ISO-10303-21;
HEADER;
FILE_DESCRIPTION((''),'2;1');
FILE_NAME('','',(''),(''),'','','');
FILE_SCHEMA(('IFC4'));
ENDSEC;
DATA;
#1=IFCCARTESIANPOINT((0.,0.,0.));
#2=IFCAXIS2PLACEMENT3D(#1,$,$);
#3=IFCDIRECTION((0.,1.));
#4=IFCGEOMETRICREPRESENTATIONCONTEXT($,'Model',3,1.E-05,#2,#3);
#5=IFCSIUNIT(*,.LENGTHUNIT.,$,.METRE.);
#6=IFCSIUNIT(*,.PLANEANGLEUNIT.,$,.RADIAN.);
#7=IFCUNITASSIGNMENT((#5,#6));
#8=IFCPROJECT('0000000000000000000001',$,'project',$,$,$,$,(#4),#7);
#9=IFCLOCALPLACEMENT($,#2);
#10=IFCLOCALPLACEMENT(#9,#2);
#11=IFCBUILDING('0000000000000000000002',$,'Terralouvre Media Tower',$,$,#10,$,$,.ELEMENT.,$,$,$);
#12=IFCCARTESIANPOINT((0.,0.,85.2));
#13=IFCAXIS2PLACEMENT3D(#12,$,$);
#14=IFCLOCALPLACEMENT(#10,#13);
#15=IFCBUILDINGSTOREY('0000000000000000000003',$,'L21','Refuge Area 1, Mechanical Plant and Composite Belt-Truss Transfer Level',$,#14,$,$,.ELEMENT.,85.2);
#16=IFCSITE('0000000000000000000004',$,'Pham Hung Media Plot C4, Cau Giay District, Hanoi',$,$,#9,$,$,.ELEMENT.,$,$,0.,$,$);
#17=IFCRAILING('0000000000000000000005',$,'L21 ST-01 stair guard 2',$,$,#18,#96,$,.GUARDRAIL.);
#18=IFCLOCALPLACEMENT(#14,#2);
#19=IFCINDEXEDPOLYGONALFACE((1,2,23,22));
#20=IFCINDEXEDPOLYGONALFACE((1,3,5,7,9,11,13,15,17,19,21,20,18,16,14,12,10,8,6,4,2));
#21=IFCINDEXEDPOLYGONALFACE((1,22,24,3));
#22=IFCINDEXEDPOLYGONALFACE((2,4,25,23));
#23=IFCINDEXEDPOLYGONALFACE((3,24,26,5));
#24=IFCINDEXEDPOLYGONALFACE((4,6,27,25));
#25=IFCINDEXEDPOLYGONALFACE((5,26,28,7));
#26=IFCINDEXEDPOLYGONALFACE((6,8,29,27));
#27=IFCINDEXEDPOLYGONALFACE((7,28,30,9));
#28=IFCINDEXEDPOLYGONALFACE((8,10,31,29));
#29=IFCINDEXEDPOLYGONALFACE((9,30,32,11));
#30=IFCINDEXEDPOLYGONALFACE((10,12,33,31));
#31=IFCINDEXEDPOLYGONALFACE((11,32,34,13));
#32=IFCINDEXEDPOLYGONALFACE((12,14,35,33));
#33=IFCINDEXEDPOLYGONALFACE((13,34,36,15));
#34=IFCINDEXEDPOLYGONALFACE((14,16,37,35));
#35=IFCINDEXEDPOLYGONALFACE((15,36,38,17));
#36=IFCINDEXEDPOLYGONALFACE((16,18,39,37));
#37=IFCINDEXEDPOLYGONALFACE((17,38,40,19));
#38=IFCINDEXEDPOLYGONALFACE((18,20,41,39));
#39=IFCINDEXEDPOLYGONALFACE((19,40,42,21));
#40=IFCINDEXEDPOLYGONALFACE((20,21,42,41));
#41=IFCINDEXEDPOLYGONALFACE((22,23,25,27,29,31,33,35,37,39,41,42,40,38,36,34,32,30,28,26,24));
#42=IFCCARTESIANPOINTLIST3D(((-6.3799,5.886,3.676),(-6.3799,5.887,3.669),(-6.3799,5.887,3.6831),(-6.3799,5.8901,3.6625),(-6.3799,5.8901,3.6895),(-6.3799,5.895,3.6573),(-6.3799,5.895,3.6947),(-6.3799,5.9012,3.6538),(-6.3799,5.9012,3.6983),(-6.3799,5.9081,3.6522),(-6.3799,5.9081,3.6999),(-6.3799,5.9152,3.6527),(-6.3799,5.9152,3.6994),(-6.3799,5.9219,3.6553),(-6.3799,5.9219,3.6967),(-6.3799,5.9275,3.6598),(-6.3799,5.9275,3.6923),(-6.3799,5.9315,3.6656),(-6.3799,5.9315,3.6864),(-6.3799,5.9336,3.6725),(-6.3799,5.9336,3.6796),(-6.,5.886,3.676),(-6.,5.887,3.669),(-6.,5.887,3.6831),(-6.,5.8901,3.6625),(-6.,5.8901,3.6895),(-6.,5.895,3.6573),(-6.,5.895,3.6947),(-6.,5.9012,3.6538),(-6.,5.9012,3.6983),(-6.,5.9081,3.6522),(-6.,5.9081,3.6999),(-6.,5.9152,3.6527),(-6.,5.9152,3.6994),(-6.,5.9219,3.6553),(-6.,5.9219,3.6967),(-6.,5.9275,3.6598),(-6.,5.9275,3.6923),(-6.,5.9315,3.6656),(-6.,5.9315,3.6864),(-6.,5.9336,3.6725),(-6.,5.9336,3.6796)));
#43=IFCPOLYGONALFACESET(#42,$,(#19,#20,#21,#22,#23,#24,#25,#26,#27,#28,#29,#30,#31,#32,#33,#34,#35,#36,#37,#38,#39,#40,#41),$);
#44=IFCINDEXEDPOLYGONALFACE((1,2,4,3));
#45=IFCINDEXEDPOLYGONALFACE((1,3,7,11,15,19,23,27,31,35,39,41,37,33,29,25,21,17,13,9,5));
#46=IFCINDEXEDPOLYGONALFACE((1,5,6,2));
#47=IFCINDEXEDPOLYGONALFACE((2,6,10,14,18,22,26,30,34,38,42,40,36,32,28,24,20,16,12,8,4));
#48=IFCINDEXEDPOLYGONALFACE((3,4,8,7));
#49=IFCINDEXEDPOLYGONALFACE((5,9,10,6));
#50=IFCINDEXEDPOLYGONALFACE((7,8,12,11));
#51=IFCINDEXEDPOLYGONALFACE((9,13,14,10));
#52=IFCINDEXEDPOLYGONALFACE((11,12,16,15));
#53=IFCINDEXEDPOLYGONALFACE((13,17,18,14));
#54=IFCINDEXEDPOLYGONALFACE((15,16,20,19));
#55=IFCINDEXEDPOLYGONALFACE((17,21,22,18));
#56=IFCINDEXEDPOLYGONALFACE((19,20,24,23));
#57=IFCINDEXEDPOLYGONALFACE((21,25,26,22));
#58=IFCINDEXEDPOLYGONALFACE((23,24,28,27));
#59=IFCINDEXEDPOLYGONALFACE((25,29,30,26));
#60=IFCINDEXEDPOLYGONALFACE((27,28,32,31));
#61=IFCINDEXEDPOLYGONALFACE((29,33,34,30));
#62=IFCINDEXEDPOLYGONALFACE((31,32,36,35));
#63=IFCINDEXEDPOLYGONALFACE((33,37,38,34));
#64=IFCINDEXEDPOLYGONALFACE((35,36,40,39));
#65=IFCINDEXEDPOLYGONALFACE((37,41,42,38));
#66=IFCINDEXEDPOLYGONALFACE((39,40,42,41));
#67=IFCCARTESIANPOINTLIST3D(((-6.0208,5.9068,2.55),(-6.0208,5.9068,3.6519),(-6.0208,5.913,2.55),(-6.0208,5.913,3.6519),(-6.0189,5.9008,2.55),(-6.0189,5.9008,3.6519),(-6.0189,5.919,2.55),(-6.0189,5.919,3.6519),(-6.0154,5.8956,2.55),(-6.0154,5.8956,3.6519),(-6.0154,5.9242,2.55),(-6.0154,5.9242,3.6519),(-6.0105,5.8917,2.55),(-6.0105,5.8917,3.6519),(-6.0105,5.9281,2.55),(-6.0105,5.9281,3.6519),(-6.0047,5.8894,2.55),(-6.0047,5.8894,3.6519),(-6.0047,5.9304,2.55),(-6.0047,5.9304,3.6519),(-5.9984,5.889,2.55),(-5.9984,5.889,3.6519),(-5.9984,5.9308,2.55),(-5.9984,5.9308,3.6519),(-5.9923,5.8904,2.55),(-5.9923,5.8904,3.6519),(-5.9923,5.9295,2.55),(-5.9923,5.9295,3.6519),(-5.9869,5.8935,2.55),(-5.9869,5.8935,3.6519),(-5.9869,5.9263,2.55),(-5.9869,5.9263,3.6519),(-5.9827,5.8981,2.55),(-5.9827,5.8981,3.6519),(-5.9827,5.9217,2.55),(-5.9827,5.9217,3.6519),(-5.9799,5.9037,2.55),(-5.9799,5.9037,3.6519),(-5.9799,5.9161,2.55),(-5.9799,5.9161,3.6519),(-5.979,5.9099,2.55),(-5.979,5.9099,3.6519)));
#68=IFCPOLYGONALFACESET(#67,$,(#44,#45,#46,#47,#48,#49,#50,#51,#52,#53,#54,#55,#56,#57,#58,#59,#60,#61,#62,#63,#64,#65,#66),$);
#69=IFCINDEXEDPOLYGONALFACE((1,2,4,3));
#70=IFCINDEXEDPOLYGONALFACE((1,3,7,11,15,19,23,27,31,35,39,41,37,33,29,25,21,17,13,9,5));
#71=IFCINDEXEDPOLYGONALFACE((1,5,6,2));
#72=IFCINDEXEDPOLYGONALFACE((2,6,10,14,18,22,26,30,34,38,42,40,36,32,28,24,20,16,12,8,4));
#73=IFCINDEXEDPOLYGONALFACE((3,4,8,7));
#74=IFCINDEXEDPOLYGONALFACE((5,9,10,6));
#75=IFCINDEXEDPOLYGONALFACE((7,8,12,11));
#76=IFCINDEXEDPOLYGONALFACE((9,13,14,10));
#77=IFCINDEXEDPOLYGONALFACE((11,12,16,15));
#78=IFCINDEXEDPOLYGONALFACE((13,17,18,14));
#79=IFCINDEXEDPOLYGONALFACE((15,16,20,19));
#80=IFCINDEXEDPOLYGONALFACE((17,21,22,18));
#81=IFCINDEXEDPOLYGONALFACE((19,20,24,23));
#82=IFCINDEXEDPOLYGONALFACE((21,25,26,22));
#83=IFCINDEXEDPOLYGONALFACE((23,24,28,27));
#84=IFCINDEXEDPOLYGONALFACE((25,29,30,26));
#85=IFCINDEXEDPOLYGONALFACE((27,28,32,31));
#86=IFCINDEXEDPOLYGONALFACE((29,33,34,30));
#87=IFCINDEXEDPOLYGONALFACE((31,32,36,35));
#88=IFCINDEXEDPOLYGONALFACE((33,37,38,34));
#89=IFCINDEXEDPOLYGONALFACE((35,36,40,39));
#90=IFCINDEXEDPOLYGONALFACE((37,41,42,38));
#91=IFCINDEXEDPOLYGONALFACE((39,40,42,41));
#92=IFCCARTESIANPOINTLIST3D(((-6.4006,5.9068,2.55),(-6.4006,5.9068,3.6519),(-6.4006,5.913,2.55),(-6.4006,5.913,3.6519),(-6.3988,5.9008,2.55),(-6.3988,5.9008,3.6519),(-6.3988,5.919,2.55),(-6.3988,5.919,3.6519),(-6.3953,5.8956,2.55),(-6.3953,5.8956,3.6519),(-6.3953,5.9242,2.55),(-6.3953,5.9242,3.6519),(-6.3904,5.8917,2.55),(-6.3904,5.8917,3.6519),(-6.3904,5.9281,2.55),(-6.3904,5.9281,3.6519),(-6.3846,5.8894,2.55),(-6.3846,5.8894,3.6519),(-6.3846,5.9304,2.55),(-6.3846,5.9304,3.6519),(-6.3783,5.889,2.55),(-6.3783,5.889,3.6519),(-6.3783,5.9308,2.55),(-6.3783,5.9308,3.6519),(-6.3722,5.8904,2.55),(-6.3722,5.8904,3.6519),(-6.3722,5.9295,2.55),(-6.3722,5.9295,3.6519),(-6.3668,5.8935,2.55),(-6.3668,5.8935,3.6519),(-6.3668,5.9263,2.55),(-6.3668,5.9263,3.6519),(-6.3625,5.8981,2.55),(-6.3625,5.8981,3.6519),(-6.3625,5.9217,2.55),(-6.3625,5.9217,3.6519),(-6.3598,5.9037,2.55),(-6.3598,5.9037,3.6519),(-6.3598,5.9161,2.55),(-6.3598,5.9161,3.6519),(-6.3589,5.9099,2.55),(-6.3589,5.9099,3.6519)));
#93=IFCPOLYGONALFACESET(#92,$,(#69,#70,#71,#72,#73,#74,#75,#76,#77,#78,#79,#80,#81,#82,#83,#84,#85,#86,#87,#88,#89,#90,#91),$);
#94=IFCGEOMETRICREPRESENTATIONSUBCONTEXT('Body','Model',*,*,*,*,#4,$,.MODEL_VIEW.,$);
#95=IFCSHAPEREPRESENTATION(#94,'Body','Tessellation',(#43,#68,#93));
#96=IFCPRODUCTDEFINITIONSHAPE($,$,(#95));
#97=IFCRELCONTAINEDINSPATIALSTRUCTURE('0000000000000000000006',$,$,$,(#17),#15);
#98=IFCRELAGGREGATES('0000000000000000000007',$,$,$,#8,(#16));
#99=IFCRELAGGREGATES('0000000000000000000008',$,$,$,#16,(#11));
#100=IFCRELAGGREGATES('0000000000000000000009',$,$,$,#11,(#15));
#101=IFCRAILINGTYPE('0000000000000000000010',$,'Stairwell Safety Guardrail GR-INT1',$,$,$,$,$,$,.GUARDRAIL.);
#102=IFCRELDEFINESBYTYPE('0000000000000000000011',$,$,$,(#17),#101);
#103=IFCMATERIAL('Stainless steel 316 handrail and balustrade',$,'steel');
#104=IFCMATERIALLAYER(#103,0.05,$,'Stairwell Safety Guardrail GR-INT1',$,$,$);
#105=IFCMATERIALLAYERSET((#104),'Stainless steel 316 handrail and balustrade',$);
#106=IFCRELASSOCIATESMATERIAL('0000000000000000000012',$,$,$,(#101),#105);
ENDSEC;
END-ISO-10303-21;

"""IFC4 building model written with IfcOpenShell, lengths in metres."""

from ifc_helpers import new_model, si_unit, direction, frame, origin, origin_2d, place, context, subcontext, project, spatial, circle, extrude, material, layer, layer_set, type_object, element, save


model = new_model("IFC4")

# Units and contexts
model_context = context("Model", 3, precision=1e-05, world=origin(), true_north=direction((0.0, 1.0)))
body_context = subcontext(model_context, "Body", "Model", "MODEL_VIEW")
ifc_project = project(units=[si_unit("LENGTHUNIT", "METRE"), si_unit("PLANEANGLEUNIT", "RADIAN")], contexts=[model_context])

# Site, building, storey
site_placement = place(None, origin())
site = spatial("IfcSite", under=ifc_project, at=site_placement, Name="Pham Hung Media Plot C4, Cau Giay District, Hanoi", CompositionType="ELEMENT", RefElevation=0.0)
building_placement = place(site_placement, origin())
building = spatial("IfcBuilding", under=site, at=building_placement, Name="Terralouvre Media Tower", CompositionType="ELEMENT")
storey_placement = place(building_placement, frame((0.0, 0.0, 85.2)))
storey = spatial("IfcBuildingStorey", under=building, at=storey_placement, Name="L21", Description="Refuge Area 1, Mechanical Plant and Composite Belt-Truss Transfer Level", CompositionType="ELEMENT", Elevation=85.2)

# Railing
ifc_material_1 = material(Name="Stainless steel 316 handrail and balustrade", Category="steel")
ifc_layer_1 = layer(ifc_material_1, 0.05, Name="Stairwell Safety Guardrail GR-INT1")
ifc_layer_set_1 = layer_set([ifc_layer_1], Name="Stainless steel 316 handrail and balustrade")
railing_type_1 = type_object("IfcRailingType", Name="Stairwell Safety Guardrail GR-INT1", PredefinedType="GUARDRAIL", material=ifc_layer_set_1)
railing_1_placement = place(storey_placement, frame((-6.0, 5.9099, 2.55)))
element("IfcRailing", 1, at=railing_1_placement, inside=storey, type_object=railing_type_1, Name="L21 ST-01 stair guard 2", PredefinedType="GUARDRAIL", context=body_context, shape_type="SweptSolid", body=[
    extrude(circle(Radius=0.0239, at=origin_2d()), frame((0.0, 0.0, 1.126), z_axis=(-1.0, 0.0, 0.0), x_axis=(0.0, -1.0, 0.0)), (0.0, 0.0, 1.0), 0.3799),
    extrude(circle(Radius=0.021, at=origin_2d()), origin(), (0.0, 0.0, 1.0), 1.1018),
    extrude(circle(Radius=0.021, at=origin_2d()), frame((-0.3799, 0.0, 0.0)), (0.0, 0.0, 1.0), 1.1018),
])

save(model, "model.ifc")
